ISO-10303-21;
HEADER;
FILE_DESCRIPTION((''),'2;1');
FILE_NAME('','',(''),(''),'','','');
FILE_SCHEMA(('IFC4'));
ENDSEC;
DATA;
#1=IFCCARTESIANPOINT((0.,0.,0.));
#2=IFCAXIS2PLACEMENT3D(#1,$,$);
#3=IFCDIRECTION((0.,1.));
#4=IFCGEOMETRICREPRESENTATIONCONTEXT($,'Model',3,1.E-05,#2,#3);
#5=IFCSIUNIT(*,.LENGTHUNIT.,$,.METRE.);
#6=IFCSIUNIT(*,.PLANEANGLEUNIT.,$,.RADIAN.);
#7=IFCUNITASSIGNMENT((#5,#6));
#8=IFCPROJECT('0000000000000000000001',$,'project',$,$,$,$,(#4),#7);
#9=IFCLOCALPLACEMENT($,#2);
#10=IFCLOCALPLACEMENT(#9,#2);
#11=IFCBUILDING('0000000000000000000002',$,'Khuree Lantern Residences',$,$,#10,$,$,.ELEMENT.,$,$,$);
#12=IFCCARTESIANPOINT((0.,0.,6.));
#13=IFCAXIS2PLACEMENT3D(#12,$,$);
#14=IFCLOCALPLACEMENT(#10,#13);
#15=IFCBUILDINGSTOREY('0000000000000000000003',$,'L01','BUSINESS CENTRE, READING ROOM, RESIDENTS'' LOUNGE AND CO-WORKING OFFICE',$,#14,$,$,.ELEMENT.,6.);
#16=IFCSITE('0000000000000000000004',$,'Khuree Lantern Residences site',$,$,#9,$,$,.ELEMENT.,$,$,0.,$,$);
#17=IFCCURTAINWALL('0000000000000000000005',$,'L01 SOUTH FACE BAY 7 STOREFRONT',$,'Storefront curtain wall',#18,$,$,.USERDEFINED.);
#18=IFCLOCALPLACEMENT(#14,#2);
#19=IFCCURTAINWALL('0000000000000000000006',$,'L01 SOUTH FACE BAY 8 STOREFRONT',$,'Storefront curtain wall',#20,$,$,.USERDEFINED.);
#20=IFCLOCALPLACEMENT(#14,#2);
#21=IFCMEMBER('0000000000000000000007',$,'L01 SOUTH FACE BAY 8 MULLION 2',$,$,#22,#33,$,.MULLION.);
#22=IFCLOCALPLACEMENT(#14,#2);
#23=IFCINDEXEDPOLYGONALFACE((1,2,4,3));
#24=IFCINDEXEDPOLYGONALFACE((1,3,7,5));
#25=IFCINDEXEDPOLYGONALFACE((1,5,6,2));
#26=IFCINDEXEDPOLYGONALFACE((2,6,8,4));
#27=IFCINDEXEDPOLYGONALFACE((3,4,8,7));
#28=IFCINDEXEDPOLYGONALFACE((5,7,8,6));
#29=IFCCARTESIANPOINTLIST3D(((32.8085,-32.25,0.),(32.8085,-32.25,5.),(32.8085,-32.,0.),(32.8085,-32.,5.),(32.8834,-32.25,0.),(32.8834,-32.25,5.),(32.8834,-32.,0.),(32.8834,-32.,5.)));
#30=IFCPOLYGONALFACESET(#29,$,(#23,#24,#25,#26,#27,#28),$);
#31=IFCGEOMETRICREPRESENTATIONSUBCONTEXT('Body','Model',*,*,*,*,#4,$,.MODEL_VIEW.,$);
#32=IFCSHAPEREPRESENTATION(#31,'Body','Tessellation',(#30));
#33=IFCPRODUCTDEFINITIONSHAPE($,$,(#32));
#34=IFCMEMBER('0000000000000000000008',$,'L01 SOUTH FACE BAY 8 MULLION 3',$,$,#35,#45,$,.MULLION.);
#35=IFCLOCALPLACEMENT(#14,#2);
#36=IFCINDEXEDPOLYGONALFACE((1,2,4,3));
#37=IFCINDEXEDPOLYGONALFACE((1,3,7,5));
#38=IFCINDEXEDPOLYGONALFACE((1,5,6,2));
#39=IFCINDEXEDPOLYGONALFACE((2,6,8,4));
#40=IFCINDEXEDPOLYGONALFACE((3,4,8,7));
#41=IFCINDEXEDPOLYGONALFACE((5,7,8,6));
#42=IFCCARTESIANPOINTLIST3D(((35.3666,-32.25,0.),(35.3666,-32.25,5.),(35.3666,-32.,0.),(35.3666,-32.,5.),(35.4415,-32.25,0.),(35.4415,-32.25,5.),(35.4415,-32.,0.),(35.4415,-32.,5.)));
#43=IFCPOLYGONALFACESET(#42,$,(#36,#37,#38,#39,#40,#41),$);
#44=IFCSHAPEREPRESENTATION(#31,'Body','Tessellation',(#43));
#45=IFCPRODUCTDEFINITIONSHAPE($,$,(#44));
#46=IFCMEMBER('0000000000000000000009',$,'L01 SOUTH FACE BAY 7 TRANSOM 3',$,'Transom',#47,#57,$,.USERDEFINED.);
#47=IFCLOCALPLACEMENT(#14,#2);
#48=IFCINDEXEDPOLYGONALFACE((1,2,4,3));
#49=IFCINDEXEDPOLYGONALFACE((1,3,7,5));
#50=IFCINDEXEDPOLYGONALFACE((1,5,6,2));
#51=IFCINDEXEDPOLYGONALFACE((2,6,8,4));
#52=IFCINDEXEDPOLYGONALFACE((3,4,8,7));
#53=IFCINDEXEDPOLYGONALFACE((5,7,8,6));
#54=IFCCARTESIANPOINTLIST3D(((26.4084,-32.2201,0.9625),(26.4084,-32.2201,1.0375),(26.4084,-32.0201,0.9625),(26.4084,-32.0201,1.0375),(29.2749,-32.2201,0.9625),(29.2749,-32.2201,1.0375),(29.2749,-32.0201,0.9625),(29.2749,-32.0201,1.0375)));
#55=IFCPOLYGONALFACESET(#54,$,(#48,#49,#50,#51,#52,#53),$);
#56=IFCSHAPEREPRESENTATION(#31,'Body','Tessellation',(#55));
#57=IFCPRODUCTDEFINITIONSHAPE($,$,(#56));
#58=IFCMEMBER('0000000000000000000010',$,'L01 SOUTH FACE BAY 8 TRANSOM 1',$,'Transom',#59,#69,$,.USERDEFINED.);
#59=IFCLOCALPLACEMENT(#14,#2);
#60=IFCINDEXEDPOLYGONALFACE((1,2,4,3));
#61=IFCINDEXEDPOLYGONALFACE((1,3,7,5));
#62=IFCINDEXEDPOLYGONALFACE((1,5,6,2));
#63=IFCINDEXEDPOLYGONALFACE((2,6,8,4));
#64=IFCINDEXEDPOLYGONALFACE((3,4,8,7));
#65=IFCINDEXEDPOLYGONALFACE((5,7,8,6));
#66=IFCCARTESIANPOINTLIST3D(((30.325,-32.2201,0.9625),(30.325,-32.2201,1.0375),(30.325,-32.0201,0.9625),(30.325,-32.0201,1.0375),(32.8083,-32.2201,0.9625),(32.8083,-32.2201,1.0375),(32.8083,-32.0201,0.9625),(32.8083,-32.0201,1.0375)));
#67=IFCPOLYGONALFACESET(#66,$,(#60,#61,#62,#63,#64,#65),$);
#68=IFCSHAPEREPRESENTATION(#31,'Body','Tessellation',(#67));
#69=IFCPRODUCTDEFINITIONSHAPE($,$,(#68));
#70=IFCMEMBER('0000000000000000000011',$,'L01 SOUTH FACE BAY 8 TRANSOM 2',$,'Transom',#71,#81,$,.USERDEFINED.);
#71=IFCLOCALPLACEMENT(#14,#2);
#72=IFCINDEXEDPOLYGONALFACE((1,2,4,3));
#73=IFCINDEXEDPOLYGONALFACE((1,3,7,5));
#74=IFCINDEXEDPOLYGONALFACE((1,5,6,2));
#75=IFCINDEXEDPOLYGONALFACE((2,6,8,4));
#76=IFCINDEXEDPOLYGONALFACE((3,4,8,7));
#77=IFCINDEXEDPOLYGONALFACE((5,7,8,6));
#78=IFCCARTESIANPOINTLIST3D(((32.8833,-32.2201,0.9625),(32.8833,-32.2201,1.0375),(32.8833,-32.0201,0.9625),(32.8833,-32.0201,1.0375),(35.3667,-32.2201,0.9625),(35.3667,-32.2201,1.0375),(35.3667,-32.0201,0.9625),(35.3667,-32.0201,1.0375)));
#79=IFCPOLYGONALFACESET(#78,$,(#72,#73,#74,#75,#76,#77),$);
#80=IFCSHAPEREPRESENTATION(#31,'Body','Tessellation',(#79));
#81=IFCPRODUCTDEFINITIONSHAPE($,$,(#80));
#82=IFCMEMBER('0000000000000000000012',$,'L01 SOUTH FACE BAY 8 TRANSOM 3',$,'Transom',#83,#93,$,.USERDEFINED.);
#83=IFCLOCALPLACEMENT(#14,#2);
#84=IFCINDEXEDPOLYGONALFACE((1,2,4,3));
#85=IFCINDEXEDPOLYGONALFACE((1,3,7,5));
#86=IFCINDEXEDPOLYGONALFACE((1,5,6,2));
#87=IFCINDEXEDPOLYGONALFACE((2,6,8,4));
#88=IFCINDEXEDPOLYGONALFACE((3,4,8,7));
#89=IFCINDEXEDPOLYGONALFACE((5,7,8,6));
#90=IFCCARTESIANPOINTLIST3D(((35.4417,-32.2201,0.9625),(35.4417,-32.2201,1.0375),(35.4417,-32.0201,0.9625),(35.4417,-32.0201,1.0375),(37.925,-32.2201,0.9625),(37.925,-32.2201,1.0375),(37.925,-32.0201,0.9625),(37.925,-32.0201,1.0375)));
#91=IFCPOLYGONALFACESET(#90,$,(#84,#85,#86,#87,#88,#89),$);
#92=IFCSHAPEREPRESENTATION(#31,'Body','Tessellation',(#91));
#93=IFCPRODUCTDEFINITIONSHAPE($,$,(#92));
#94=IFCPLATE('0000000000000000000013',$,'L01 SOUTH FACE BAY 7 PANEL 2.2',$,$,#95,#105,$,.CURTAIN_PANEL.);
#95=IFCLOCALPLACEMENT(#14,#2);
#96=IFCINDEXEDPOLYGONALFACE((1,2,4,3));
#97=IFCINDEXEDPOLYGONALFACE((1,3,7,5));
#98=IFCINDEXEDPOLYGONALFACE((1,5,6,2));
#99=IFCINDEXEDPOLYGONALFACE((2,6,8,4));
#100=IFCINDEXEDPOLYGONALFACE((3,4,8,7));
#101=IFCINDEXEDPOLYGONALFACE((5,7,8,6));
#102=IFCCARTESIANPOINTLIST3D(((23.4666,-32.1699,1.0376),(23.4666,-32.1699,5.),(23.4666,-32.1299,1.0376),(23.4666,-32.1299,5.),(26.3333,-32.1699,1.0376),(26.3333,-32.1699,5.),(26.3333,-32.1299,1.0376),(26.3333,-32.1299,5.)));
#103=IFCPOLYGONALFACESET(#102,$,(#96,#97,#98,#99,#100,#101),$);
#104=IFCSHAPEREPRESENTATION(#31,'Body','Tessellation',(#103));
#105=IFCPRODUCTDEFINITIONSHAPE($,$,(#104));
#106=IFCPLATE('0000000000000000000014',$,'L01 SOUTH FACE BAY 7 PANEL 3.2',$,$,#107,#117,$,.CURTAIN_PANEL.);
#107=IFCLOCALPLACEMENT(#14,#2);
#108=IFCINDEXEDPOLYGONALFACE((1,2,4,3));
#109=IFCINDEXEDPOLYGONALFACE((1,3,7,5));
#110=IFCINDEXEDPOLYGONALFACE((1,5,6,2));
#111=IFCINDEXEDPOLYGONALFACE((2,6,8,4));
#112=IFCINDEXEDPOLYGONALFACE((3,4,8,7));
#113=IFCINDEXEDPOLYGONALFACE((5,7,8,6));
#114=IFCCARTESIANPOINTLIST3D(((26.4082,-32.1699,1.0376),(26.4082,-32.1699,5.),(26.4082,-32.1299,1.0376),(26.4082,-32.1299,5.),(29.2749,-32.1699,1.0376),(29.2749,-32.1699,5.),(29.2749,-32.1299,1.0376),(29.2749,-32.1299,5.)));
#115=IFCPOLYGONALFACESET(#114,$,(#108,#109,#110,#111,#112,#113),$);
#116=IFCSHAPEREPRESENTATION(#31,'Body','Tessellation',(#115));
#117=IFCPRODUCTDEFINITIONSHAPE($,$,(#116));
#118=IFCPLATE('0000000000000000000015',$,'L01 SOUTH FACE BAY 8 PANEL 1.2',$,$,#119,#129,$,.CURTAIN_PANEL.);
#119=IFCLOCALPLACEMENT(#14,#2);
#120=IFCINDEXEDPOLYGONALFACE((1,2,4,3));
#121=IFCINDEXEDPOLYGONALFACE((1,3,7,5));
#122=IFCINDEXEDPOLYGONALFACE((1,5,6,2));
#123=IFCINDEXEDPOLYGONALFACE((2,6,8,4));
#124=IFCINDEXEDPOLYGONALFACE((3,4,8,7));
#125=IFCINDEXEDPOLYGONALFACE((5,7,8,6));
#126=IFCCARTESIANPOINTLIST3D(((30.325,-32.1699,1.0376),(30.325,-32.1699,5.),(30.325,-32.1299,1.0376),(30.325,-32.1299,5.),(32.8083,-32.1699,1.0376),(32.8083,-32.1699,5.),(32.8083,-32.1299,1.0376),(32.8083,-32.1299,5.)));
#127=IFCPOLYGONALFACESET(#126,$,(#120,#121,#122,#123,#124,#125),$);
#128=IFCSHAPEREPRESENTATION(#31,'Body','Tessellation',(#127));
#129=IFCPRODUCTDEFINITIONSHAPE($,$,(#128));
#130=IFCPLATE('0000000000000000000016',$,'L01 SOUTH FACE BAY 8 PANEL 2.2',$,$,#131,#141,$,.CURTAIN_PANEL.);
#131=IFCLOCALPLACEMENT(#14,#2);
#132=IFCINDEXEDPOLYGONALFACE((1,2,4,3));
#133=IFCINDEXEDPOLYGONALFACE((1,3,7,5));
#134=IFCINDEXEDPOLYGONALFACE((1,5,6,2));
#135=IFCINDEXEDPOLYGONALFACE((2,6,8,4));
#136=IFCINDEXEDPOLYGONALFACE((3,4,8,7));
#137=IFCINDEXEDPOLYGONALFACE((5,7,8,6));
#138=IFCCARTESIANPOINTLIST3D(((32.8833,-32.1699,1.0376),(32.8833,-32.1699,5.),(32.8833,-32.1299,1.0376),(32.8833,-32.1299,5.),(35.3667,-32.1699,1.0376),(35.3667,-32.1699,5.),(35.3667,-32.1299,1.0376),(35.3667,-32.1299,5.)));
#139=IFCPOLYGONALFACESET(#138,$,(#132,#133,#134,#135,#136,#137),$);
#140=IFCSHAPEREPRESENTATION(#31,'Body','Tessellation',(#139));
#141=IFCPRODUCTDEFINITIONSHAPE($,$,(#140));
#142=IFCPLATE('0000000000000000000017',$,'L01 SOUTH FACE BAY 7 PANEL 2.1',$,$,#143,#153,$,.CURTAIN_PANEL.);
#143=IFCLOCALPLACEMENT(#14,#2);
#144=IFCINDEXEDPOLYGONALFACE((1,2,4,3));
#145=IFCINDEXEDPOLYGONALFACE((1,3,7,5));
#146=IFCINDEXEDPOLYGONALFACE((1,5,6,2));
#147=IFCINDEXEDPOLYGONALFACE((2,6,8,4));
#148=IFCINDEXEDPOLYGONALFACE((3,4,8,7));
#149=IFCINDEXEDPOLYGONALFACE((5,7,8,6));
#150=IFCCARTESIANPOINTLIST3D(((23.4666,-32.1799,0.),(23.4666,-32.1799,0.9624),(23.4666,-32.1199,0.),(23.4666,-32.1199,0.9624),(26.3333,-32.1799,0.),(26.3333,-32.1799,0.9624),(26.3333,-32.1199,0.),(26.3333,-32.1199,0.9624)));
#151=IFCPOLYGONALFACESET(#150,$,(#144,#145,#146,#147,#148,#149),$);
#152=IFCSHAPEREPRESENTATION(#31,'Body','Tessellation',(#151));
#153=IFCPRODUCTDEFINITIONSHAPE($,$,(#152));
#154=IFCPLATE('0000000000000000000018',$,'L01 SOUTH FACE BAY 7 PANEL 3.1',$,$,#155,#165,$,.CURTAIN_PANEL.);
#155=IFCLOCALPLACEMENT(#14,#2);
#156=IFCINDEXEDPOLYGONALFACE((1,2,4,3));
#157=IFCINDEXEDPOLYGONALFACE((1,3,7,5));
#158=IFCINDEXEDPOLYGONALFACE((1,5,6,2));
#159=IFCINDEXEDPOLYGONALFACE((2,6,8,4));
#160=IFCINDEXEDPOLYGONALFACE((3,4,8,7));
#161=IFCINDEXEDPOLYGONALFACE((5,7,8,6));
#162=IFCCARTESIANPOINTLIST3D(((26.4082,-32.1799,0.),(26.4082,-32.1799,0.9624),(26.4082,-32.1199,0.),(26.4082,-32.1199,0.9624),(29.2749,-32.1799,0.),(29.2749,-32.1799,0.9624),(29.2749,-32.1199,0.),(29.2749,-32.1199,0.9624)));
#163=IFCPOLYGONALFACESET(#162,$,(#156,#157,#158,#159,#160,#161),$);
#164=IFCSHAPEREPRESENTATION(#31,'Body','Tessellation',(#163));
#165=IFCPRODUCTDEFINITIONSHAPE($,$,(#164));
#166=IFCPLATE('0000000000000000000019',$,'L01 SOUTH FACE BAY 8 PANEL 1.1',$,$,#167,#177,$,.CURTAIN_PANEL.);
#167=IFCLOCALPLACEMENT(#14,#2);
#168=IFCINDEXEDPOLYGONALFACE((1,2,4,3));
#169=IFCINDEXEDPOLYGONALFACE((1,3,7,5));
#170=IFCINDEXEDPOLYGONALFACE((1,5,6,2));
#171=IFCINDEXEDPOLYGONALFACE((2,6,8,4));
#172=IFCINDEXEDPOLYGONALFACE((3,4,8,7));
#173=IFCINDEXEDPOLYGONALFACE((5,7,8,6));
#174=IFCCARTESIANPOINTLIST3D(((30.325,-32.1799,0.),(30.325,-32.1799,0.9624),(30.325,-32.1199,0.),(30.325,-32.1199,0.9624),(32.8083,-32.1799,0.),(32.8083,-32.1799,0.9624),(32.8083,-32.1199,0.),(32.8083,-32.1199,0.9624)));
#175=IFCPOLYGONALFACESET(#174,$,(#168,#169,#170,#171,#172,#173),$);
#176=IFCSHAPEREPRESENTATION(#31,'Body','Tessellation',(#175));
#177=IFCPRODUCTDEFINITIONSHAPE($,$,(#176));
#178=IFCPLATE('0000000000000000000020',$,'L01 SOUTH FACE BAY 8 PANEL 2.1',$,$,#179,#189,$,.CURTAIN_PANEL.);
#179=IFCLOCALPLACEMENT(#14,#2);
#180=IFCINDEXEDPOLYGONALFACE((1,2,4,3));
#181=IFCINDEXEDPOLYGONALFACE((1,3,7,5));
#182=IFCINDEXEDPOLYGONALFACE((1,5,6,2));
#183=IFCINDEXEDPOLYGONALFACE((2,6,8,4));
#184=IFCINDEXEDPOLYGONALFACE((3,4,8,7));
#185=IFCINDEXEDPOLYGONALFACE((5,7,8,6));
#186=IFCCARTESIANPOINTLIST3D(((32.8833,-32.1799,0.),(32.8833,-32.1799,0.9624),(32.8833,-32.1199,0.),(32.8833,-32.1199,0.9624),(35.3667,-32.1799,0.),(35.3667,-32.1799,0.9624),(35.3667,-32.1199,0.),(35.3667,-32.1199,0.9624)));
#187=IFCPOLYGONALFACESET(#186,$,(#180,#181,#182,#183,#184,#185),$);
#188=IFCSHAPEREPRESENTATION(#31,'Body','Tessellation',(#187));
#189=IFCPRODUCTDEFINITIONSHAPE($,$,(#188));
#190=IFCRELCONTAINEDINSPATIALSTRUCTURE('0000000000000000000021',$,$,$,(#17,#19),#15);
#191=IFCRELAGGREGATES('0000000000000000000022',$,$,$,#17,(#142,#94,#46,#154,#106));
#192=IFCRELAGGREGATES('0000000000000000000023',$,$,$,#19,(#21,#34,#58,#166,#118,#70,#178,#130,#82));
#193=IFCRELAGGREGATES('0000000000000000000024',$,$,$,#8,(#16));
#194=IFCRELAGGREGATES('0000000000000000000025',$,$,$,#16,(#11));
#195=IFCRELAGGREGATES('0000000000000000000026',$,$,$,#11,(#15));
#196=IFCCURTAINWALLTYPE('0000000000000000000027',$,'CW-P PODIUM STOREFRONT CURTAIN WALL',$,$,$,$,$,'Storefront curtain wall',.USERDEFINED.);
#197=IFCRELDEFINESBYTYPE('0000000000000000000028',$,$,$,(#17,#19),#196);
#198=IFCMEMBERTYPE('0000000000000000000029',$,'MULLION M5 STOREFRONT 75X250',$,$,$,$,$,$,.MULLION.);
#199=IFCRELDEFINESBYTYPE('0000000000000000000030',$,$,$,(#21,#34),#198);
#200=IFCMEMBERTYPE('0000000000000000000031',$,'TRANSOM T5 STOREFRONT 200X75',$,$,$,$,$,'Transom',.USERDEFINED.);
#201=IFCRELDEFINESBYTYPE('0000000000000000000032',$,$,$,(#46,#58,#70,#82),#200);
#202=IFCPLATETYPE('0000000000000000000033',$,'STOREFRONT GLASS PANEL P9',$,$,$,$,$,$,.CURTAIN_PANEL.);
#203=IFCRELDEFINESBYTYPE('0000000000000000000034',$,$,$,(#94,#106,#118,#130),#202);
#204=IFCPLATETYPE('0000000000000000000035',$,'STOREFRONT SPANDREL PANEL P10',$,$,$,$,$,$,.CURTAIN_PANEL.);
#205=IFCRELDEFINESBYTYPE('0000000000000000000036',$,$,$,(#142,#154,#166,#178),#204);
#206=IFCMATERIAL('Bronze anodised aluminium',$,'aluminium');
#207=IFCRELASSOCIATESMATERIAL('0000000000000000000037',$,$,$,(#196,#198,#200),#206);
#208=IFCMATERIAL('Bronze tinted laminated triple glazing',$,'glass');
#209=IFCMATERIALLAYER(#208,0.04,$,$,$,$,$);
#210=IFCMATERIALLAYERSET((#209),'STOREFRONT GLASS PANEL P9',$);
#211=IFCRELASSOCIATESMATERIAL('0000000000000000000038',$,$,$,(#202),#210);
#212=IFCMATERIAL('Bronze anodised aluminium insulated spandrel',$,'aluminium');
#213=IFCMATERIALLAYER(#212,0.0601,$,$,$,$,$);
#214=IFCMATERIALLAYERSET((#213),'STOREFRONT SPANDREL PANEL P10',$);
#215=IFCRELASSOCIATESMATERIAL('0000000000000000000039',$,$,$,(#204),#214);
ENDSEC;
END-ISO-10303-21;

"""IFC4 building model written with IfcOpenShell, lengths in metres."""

from ifc_helpers import new_model, si_unit, direction, frame, origin, origin_2d, place, context, subcontext, project, spatial, rectangle, extrude, material, layer, layer_set, material_profile, profile_set, type_object, element, aggregate, save


model = new_model("IFC4")

# Units and contexts
model_context = context("Model", 3, precision=1e-05, world=origin(), true_north=direction((0.0, 1.0)))
body_context = subcontext(model_context, "Body", "Model", "MODEL_VIEW")
ifc_project = project(units=[si_unit("LENGTHUNIT", "METRE"), si_unit("PLANEANGLEUNIT", "RADIAN")], contexts=[model_context])

# Site, building, storey
site_placement = place(None, origin())
site = spatial("IfcSite", under=ifc_project, at=site_placement, Name="Khuree Lantern Residences site", CompositionType="ELEMENT", RefElevation=0.0)
building_placement = place(site_placement, origin())
building = spatial("IfcBuilding", under=site, at=building_placement, Name="Khuree Lantern Residences", CompositionType="ELEMENT")
storey_placement = place(building_placement, frame((0.0, 0.0, 6.0)))
storey = spatial("IfcBuildingStorey", under=building, at=storey_placement, Name="L01", Description="BUSINESS CENTRE, READING ROOM, RESIDENTS' LOUNGE AND CO-WORKING OFFICE", CompositionType="ELEMENT", Elevation=6.0)

# Curtain walls, members
ifc_material_1 = material(Name="Bronze anodised aluminium", Category="aluminium")
curtain_wall_type = type_object("IfcCurtainWallType", Name="CW-P PODIUM STOREFRONT CURTAIN WALL", ElementType="Storefront curtain wall", PredefinedType="USERDEFINED", material=ifc_material_1)
curtain_wall_1_placement = place(storey_placement, origin())
curtain_wall_1 = element("IfcCurtainWall", 1, at=curtain_wall_1_placement, inside=storey, type_object=curtain_wall_type, Name="L01 SOUTH FACE BAY 7 STOREFRONT", ObjectType="Storefront curtain wall", PredefinedType="USERDEFINED")
ifc_material_profile_1 = material_profile(ifc_material_1, rectangle(XDim=0.075, YDim=0.25, at=origin_2d()), Name="M5 75X250")
ifc_profile_set_1 = profile_set([ifc_material_profile_1], Name="Bronze anodised aluminium")
member_type_1 = type_object("IfcMemberType", Name="MULLION M5 STOREFRONT 75X250", PredefinedType="MULLION", material=ifc_profile_set_1)
curtain_wall_2_placement = place(storey_placement, origin())
curtain_wall_2 = element("IfcCurtainWall", 2, at=curtain_wall_2_placement, inside=storey, type_object=curtain_wall_type, Name="L01 SOUTH FACE BAY 8 STOREFRONT", ObjectType="Storefront curtain wall", PredefinedType="USERDEFINED")
member_1_placement = place(storey_placement, frame((32.8459, -32.125, 0.0), z_axis=(0.0, 0.0, 1.0), x_axis=(1.0, 0.0, 0.0)))
member_1 = element("IfcMember", 3, at=member_1_placement, type_object=member_type_1, Name="L01 SOUTH FACE BAY 8 MULLION 2", PredefinedType="MULLION", context=body_context, shape_type="SweptSolid", body=[
    extrude(rectangle(XDim=0.075, YDim=0.25, at=origin_2d()), origin(), (0.0, 0.0, 1.0), 5.0),
])
member_2_placement = place(storey_placement, frame((35.4041, -32.125, 0.0), z_axis=(0.0, 0.0, 1.0), x_axis=(1.0, 0.0, 0.0)))
member_2 = element("IfcMember", 4, at=member_2_placement, type_object=member_type_1, Name="L01 SOUTH FACE BAY 8 MULLION 3", PredefinedType="MULLION", context=body_context, shape_type="SweptSolid", body=[
    extrude(rectangle(XDim=0.075, YDim=0.25, at=origin_2d()), origin(), (0.0, 0.0, 1.0), 5.0),
])

# Members
ifc_material_profile_2 = material_profile(ifc_material_1, rectangle(XDim=0.2, YDim=0.075, at=origin_2d()), Name="T5 200X75")
ifc_profile_set_2 = profile_set([ifc_material_profile_2], Name="Bronze anodised aluminium")
member_type_2 = type_object("IfcMemberType", Name="TRANSOM T5 STOREFRONT 200X75", ElementType="Transom", PredefinedType="USERDEFINED", material=ifc_profile_set_2)
member_3_placement = place(storey_placement, frame((26.4084, -32.1201, 1.0), z_axis=(1.0, 0.0, 0.0), x_axis=(0.0, 1.0, 0.0)))
member_3 = element("IfcMember", 5, at=member_3_placement, type_object=member_type_2, Name="L01 SOUTH FACE BAY 7 TRANSOM 3", ObjectType="Transom", PredefinedType="USERDEFINED", context=body_context, shape_type="SweptSolid", body=[
    extrude(rectangle(XDim=0.2, YDim=0.075, at=origin_2d()), origin(), (0.0, 0.0, 1.0), 2.8665),
])
member_4_placement = place(storey_placement, frame((30.325, -32.1201, 1.0), z_axis=(1.0, 0.0, 0.0), x_axis=(0.0, 1.0, 0.0)))
member_4 = element("IfcMember", 6, at=member_4_placement, type_object=member_type_2, Name="L01 SOUTH FACE BAY 8 TRANSOM 1", ObjectType="Transom", PredefinedType="USERDEFINED", context=body_context, shape_type="SweptSolid", body=[
    extrude(rectangle(XDim=0.2, YDim=0.075, at=origin_2d()), origin(), (0.0, 0.0, 1.0), 2.4834),
])
member_5_placement = place(storey_placement, frame((32.8833, -32.1201, 1.0), z_axis=(1.0, 0.0, 0.0), x_axis=(0.0, 1.0, 0.0)))
member_5 = element("IfcMember", 7, at=member_5_placement, type_object=member_type_2, Name="L01 SOUTH FACE BAY 8 TRANSOM 2", ObjectType="Transom", PredefinedType="USERDEFINED", context=body_context, shape_type="SweptSolid", body=[
    extrude(rectangle(XDim=0.2, YDim=0.075, at=origin_2d()), origin(), (0.0, 0.0, 1.0), 2.4834),
])
member_6_placement = place(storey_placement, frame((35.4417, -32.1201, 1.0), z_axis=(1.0, 0.0, 0.0), x_axis=(0.0, 1.0, 0.0)))
member_6 = element("IfcMember", 8, at=member_6_placement, type_object=member_type_2, Name="L01 SOUTH FACE BAY 8 TRANSOM 3", ObjectType="Transom", PredefinedType="USERDEFINED", context=body_context, shape_type="SweptSolid", body=[
    extrude(rectangle(XDim=0.2, YDim=0.075, at=origin_2d()), origin(), (0.0, 0.0, 1.0), 2.4834),
])

# Plates
ifc_material_2 = material(Name="Bronze tinted laminated triple glazing", Category="glass")
ifc_layer_1 = layer(ifc_material_2, 0.04)
ifc_layer_set_1 = layer_set([ifc_layer_1], Name="STOREFRONT GLASS PANEL P9")
plate_type_1 = type_object("IfcPlateType", Name="STOREFRONT GLASS PANEL P9", PredefinedType="CURTAIN_PANEL", material=ifc_layer_set_1)
plate_1_placement = place(storey_placement, frame((24.8999, -32.1499, 1.0376), z_axis=(0.0, 0.0, 1.0), x_axis=(1.0, 0.0, 0.0)))
plate_1 = element("IfcPlate", 9, at=plate_1_placement, type_object=plate_type_1, Name="L01 SOUTH FACE BAY 7 PANEL 2.2", PredefinedType="CURTAIN_PANEL", context=body_context, shape_type="SweptSolid", body=[
    extrude(rectangle(XDim=2.8667, YDim=0.04, at=origin_2d()), origin(), (0.0, 0.0, 1.0), 3.9624),
])
plate_2_placement = place(storey_placement, frame((27.8416, -32.1499, 1.0376), z_axis=(0.0, 0.0, 1.0), x_axis=(1.0, 0.0, 0.0)))
plate_2 = element("IfcPlate", 10, at=plate_2_placement, type_object=plate_type_1, Name="L01 SOUTH FACE BAY 7 PANEL 3.2", PredefinedType="CURTAIN_PANEL", context=body_context, shape_type="SweptSolid", body=[
    extrude(rectangle(XDim=2.8667, YDim=0.04, at=origin_2d()), origin(), (0.0, 0.0, 1.0), 3.9624),
])
plate_3_placement = place(storey_placement, frame((31.5667, -32.1499, 1.0376), z_axis=(0.0, 0.0, 1.0), x_axis=(1.0, 0.0, 0.0)))
plate_3 = element("IfcPlate", 11, at=plate_3_placement, type_object=plate_type_1, Name="L01 SOUTH FACE BAY 8 PANEL 1.2", PredefinedType="CURTAIN_PANEL", context=body_context, shape_type="SweptSolid", body=[
    extrude(rectangle(XDim=2.4834, YDim=0.04, at=origin_2d()), origin(), (0.0, 0.0, 1.0), 3.9624),
])
plate_4_placement = place(storey_placement, frame((34.125, -32.1499, 1.0376), z_axis=(0.0, 0.0, 1.0), x_axis=(1.0, 0.0, 0.0)))
plate_4 = element("IfcPlate", 12, at=plate_4_placement, type_object=plate_type_1, Name="L01 SOUTH FACE BAY 8 PANEL 2.2", PredefinedType="CURTAIN_PANEL", context=body_context, shape_type="SweptSolid", body=[
    extrude(rectangle(XDim=2.4834, YDim=0.04, at=origin_2d()), origin(), (0.0, 0.0, 1.0), 3.9624),
])
ifc_material_3 = material(Name="Bronze anodised aluminium insulated spandrel", Category="aluminium")
ifc_layer_2 = layer(ifc_material_3, 0.0601)
ifc_layer_set_2 = layer_set([ifc_layer_2], Name="STOREFRONT SPANDREL PANEL P10")
plate_type_2 = type_object("IfcPlateType", Name="STOREFRONT SPANDREL PANEL P10", PredefinedType="CURTAIN_PANEL", material=ifc_layer_set_2)
plate_5_placement = place(storey_placement, frame((24.8999, -32.1499, 0.0), z_axis=(0.0, 0.0, 1.0), x_axis=(1.0, 0.0, 0.0)))
plate_5 = element("IfcPlate", 13, at=plate_5_placement, type_object=plate_type_2, Name="L01 SOUTH FACE BAY 7 PANEL 2.1", PredefinedType="CURTAIN_PANEL", context=body_context, shape_type="SweptSolid", body=[
    extrude(rectangle(XDim=2.8667, YDim=0.0601, at=origin_2d()), origin(), (0.0, 0.0, 1.0), 0.9624),
])
plate_6_placement = place(storey_placement, frame((27.8416, -32.1499, 0.0), z_axis=(0.0, 0.0, 1.0), x_axis=(1.0, 0.0, 0.0)))
plate_6 = element("IfcPlate", 14, at=plate_6_placement, type_object=plate_type_2, Name="L01 SOUTH FACE BAY 7 PANEL 3.1", PredefinedType="CURTAIN_PANEL", context=body_context, shape_type="SweptSolid", body=[
    extrude(rectangle(XDim=2.8667, YDim=0.0601, at=origin_2d()), origin(), (0.0, 0.0, 1.0), 0.9624),
])
aggregate(curtain_wall_1, [plate_5, plate_1, member_3, plate_6, plate_2])
plate_7_placement = place(storey_placement, frame((31.5667, -32.1499, 0.0), z_axis=(0.0, 0.0, 1.0), x_axis=(1.0, 0.0, 0.0)))
plate_7 = element("IfcPlate", 15, at=plate_7_placement, type_object=plate_type_2, Name="L01 SOUTH FACE BAY 8 PANEL 1.1", PredefinedType="CURTAIN_PANEL", context=body_context, shape_type="SweptSolid", body=[
    extrude(rectangle(XDim=2.4834, YDim=0.0601, at=origin_2d()), origin(), (0.0, 0.0, 1.0), 0.9624),
])
plate_8_placement = place(storey_placement, frame((34.125, -32.1499, 0.0), z_axis=(0.0, 0.0, 1.0), x_axis=(1.0, 0.0, 0.0)))
plate_8 = element("IfcPlate", 16, at=plate_8_placement, type_object=plate_type_2, Name="L01 SOUTH FACE BAY 8 PANEL 2.1", PredefinedType="CURTAIN_PANEL", context=body_context, shape_type="SweptSolid", body=[
    extrude(rectangle(XDim=2.4834, YDim=0.0601, at=origin_2d()), origin(), (0.0, 0.0, 1.0), 0.9624),
])
aggregate(curtain_wall_2, [member_1, member_2, member_4, plate_7, plate_3, member_5, plate_8, plate_4, member_6])

save(model, "model.ifc")
